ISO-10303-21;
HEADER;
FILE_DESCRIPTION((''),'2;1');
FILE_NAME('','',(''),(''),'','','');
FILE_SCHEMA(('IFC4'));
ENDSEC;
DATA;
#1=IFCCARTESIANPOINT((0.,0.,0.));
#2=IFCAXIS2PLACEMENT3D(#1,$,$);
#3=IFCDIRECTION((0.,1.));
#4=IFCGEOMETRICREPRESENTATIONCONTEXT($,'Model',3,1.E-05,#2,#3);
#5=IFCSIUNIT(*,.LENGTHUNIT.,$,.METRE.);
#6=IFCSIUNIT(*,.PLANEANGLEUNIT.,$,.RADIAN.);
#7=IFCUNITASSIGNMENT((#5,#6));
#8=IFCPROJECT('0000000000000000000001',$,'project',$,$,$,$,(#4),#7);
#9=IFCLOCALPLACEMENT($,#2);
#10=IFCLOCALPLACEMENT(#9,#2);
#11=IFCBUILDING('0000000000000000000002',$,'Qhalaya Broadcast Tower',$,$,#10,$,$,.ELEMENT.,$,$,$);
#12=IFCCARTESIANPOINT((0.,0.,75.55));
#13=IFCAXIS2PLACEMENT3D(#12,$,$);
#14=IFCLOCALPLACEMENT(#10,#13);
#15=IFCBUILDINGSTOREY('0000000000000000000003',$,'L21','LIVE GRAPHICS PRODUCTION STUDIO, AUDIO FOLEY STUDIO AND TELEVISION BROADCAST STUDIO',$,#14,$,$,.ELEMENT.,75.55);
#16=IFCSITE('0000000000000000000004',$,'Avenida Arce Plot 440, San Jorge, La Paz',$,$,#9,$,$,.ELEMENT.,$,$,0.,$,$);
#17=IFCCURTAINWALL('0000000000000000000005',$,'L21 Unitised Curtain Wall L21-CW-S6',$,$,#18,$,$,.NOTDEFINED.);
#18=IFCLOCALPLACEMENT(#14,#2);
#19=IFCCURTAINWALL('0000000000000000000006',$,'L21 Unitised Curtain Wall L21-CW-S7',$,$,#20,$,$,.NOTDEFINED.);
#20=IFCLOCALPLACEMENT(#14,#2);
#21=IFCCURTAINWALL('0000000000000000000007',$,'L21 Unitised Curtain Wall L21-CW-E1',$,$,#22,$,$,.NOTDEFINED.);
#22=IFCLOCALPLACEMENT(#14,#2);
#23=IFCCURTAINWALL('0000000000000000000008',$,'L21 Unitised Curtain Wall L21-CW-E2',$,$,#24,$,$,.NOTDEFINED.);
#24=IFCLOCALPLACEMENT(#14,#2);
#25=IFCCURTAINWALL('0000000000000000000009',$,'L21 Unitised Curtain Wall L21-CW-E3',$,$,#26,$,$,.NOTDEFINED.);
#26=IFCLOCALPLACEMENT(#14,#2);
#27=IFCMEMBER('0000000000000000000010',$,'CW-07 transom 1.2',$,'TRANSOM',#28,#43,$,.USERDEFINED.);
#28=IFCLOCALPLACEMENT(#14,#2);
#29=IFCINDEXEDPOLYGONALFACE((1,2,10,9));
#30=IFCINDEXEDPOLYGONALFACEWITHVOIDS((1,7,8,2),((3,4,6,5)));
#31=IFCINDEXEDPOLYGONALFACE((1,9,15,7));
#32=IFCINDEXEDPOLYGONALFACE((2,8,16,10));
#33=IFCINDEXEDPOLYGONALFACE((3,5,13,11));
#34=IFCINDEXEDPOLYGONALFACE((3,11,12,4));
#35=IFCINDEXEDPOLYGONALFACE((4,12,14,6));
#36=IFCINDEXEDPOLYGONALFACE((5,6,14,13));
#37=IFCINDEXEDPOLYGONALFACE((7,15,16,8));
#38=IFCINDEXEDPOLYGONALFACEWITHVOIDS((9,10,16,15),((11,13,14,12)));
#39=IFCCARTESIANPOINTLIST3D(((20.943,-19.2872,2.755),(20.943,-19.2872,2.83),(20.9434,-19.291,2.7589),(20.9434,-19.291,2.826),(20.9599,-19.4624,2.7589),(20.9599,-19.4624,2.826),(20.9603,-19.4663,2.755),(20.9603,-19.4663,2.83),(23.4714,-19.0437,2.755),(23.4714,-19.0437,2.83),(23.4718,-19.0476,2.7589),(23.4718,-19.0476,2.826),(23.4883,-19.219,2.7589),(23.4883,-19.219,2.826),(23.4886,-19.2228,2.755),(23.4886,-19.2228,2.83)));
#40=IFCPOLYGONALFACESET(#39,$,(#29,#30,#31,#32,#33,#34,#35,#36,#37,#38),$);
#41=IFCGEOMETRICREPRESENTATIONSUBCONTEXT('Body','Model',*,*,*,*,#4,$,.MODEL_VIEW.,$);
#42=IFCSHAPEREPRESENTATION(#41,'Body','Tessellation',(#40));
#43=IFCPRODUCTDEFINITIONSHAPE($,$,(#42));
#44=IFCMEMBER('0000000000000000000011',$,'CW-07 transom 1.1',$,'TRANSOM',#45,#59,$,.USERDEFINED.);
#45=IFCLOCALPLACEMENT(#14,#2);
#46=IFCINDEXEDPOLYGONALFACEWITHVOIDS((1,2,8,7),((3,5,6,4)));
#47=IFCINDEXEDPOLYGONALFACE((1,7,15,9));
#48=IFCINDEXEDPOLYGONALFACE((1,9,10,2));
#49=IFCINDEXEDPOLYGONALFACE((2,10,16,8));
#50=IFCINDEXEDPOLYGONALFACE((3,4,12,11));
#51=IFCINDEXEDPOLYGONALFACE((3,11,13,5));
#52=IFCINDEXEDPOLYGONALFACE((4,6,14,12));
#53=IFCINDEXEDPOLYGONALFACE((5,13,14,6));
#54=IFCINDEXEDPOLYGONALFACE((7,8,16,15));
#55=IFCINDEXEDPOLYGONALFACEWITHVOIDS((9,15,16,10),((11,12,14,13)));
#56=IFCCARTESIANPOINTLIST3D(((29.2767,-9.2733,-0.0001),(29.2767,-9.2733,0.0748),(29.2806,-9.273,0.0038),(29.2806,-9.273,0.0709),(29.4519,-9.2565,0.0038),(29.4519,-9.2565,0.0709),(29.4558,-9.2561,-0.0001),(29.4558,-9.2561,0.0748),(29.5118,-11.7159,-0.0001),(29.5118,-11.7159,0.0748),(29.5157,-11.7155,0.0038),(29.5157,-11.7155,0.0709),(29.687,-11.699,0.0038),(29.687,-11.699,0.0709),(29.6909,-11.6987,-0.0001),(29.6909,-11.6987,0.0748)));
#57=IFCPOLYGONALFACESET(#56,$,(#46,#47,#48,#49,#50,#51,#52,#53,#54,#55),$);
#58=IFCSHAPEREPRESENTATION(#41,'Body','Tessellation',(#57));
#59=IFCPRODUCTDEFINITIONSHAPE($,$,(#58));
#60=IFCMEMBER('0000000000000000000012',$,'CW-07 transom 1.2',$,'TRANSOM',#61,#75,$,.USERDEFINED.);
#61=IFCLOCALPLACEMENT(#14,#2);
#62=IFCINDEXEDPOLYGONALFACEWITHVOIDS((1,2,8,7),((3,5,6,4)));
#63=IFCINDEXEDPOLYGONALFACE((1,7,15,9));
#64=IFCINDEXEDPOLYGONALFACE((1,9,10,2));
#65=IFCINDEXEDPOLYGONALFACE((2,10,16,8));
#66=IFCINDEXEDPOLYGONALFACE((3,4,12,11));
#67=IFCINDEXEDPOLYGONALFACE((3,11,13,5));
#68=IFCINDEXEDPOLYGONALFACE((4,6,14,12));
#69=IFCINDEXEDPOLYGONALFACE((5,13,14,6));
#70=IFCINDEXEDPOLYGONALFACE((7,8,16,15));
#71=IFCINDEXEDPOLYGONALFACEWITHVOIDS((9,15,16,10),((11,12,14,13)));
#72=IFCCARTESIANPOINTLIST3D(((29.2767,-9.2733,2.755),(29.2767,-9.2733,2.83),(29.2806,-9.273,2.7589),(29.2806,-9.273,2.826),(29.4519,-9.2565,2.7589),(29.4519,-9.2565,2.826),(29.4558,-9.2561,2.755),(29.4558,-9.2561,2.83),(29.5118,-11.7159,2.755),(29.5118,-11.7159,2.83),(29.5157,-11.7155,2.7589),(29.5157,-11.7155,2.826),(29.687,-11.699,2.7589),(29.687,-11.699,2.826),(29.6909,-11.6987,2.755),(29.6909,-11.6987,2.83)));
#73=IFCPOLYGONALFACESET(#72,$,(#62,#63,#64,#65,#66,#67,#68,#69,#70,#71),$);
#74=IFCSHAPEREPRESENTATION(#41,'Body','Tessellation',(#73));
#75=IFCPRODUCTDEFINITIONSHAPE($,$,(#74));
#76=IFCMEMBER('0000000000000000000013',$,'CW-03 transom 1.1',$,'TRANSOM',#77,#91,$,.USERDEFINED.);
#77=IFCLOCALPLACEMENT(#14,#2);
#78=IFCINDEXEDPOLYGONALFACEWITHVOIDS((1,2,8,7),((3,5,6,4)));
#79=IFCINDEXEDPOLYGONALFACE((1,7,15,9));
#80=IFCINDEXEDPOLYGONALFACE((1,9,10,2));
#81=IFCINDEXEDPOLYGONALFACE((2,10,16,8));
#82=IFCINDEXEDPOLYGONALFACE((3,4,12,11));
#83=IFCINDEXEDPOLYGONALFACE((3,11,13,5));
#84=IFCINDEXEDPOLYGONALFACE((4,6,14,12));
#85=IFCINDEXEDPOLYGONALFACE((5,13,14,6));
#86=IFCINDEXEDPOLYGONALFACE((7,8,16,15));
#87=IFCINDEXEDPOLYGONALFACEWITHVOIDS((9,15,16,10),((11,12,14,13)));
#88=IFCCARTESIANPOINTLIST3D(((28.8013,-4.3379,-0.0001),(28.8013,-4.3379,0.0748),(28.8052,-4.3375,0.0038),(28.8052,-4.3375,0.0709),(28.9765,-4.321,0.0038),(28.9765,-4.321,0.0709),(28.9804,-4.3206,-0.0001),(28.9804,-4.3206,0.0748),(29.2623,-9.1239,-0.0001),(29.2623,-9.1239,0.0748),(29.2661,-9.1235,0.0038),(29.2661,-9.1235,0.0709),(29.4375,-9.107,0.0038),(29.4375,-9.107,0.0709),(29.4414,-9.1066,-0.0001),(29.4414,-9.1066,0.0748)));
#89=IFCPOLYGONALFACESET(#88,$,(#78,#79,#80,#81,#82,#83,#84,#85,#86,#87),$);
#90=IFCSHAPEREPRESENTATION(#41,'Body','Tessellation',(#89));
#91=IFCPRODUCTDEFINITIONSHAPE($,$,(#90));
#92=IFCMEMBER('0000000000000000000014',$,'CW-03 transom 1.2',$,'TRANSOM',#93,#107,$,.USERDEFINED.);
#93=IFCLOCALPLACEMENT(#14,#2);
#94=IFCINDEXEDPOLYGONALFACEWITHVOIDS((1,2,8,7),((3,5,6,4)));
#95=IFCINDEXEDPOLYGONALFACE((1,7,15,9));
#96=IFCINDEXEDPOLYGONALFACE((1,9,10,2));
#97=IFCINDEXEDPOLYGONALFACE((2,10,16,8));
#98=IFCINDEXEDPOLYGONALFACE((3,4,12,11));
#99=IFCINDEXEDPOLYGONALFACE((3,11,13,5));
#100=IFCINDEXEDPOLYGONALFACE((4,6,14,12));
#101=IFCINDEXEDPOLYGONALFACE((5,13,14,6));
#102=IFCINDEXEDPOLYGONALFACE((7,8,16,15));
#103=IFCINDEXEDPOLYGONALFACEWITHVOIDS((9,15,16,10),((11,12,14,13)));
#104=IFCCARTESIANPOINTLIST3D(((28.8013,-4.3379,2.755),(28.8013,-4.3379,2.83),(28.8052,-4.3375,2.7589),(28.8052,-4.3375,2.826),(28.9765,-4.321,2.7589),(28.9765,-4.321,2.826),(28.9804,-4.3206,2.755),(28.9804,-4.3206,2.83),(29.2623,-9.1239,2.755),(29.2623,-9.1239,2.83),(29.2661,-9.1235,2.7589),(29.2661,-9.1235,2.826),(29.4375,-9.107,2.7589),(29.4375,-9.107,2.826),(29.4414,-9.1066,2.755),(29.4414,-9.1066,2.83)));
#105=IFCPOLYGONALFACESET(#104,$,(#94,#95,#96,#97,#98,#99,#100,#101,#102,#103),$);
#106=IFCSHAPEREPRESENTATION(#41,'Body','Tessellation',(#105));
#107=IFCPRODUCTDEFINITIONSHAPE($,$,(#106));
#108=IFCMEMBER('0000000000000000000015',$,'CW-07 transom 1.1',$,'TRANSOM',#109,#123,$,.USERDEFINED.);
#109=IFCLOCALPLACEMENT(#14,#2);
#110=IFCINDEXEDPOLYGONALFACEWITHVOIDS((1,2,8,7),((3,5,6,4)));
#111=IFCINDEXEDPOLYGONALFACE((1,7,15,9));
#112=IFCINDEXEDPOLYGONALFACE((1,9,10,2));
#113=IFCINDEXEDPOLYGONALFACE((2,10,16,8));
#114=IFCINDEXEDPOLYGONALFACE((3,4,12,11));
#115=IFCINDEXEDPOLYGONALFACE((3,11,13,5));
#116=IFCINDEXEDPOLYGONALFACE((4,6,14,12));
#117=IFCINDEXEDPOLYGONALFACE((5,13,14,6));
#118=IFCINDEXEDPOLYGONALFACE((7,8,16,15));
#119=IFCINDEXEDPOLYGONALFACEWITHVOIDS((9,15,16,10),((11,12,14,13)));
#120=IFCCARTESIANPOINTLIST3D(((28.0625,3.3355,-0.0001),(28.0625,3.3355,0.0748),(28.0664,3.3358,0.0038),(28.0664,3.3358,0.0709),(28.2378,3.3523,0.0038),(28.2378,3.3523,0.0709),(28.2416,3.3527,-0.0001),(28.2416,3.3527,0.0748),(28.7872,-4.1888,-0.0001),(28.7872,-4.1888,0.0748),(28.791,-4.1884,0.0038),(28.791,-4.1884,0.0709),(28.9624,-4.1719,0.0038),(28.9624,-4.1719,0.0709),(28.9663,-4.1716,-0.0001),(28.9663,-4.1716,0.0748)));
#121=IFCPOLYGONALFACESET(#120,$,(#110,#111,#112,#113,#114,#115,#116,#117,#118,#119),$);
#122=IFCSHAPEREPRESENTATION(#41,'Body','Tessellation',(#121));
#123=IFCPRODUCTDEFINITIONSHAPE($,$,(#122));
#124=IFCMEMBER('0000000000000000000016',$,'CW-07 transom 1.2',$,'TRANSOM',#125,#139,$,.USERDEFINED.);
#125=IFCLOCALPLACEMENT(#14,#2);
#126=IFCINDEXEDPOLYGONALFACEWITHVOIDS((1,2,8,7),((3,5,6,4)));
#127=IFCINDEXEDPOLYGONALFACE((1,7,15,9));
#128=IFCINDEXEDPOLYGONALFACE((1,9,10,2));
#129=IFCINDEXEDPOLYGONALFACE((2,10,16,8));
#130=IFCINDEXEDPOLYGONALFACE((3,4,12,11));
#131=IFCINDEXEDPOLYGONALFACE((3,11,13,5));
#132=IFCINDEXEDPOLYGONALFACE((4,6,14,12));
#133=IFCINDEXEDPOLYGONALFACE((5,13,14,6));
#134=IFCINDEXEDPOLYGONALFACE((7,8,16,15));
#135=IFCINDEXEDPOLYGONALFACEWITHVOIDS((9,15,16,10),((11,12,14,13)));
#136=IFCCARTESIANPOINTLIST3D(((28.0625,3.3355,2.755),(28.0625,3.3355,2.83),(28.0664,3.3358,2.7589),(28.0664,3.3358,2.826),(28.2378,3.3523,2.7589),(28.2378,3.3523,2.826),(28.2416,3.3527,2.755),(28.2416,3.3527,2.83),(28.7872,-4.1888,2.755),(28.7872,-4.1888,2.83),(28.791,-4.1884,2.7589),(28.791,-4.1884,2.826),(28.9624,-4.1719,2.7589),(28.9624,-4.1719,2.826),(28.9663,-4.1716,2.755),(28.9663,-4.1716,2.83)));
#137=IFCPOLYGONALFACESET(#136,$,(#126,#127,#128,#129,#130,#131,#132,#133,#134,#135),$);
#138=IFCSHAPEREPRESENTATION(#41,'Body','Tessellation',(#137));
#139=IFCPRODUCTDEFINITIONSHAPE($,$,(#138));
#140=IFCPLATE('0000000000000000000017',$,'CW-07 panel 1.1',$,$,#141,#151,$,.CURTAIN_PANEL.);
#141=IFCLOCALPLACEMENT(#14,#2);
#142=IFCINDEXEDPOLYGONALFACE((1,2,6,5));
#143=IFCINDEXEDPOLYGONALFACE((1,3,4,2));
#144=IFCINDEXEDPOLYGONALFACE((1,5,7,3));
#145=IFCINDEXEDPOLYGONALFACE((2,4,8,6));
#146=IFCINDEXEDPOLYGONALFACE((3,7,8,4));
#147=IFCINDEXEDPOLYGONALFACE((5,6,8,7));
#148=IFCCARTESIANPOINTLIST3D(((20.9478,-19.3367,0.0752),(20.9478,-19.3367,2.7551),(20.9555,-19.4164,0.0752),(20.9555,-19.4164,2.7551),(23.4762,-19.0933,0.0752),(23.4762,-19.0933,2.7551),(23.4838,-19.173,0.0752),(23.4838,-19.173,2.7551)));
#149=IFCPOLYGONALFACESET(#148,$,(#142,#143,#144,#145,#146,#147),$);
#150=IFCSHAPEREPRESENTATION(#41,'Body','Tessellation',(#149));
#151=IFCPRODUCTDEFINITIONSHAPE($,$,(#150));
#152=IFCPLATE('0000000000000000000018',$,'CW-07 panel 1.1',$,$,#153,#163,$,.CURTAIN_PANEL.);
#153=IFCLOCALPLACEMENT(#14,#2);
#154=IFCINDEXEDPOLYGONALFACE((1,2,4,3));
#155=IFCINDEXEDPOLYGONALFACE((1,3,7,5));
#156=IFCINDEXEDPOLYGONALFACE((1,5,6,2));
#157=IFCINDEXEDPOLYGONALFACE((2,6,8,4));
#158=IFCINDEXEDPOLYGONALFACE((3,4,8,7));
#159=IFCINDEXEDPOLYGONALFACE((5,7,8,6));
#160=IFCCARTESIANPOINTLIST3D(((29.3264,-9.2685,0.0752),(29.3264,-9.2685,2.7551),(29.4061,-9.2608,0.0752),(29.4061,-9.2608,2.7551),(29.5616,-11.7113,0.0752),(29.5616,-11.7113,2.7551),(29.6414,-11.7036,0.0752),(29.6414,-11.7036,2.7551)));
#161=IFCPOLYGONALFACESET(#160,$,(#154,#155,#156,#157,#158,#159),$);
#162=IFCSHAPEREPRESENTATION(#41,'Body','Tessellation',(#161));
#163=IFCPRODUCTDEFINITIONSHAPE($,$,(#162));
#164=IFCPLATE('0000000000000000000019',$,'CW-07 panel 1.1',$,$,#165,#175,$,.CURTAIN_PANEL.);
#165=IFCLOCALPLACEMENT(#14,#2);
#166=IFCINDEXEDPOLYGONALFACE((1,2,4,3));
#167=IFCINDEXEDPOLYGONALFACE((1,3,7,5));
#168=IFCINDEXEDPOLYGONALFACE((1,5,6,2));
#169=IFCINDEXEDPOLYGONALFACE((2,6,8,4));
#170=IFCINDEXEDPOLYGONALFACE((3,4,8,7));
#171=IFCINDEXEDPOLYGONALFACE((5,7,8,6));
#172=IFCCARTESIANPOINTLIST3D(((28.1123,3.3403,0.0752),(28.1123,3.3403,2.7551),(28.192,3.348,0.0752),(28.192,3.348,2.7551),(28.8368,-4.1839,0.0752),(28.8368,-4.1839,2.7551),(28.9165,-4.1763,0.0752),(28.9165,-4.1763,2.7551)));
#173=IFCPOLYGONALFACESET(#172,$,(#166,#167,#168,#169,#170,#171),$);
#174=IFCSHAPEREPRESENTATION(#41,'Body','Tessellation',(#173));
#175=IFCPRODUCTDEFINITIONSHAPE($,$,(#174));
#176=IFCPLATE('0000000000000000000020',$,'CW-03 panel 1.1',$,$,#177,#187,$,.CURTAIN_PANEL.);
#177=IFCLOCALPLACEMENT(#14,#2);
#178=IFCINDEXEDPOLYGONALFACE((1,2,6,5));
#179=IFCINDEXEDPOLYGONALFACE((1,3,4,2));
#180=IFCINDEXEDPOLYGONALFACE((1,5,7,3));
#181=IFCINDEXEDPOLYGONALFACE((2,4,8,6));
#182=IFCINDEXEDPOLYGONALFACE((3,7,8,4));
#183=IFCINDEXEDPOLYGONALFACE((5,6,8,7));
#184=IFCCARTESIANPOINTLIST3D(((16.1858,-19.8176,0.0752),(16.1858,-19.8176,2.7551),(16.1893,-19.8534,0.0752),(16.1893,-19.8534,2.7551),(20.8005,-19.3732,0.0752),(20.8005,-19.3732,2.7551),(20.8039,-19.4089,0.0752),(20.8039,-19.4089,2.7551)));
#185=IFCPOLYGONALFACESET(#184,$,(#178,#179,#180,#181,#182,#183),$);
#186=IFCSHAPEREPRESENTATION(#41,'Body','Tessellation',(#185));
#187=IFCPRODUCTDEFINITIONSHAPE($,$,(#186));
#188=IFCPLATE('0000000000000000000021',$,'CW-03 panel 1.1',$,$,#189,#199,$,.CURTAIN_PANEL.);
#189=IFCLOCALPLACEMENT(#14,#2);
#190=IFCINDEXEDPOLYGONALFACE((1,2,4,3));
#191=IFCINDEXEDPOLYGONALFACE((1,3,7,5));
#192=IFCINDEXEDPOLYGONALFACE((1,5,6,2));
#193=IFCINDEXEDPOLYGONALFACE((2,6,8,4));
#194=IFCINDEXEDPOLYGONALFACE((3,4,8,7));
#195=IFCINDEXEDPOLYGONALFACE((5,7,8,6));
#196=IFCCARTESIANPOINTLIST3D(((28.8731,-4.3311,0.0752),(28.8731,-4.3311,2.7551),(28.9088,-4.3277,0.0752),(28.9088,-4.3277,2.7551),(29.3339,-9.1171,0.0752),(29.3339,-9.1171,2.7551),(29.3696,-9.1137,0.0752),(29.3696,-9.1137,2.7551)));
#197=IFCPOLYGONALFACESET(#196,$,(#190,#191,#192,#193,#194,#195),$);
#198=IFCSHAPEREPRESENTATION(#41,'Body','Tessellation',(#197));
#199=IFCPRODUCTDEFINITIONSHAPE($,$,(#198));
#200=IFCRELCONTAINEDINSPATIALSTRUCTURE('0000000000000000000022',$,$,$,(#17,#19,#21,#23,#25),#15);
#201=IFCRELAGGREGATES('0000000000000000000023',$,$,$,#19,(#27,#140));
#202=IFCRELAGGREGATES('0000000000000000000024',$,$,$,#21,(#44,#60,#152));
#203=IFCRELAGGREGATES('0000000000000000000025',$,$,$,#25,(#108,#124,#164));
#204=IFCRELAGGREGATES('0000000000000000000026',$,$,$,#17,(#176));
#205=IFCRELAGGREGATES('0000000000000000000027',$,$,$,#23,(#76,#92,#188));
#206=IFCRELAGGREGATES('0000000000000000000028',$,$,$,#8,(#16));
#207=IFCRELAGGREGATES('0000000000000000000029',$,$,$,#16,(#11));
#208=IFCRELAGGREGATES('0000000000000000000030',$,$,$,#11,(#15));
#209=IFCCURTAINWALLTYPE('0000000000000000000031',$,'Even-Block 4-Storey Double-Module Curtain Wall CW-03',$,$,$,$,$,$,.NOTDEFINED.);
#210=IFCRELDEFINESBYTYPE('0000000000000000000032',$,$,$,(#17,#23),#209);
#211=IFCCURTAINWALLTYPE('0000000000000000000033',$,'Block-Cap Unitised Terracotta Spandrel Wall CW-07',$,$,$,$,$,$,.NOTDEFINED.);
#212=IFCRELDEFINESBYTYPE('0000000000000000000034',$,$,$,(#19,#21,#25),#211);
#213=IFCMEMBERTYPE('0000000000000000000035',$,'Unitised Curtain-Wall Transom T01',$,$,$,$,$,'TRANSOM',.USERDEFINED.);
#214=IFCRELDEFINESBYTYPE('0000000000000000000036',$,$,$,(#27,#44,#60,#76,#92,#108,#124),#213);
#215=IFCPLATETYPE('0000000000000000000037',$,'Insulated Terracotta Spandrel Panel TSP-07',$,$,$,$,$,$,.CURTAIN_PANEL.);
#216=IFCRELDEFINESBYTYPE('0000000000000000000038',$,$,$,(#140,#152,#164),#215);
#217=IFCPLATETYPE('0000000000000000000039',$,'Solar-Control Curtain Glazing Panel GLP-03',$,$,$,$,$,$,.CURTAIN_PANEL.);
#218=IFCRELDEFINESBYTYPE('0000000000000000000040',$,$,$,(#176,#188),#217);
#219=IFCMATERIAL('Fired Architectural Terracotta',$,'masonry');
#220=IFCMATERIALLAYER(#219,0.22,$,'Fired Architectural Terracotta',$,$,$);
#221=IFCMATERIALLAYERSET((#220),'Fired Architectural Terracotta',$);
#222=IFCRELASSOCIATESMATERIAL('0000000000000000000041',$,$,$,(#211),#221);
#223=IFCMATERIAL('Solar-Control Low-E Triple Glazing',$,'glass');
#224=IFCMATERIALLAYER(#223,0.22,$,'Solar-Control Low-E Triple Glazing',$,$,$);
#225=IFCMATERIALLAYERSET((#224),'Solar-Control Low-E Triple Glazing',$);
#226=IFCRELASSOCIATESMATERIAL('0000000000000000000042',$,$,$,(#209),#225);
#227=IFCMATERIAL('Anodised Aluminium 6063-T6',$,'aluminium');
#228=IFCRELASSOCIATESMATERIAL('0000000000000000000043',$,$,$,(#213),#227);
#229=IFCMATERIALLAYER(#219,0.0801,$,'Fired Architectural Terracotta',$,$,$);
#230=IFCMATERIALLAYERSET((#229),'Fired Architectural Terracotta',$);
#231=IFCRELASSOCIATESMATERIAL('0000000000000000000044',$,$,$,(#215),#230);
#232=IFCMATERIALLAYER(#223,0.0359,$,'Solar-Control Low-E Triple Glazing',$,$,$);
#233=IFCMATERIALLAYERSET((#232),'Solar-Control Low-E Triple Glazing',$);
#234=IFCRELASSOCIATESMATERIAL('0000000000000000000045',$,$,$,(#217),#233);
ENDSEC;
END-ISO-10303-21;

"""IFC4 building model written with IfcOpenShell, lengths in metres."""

from ifc_helpers import new_model, si_unit, direction, frame, origin, origin_2d, place, context, subcontext, project, spatial, rectangle, hollow_rectangle, extrude, material, layer, layer_set, material_profile, profile_set, type_object, element, aggregate, save


model = new_model("IFC4")

# Units and contexts
model_context = context("Model", 3, precision=1e-05, world=origin(), true_north=direction((0.0, 1.0)))
body_context = subcontext(model_context, "Body", "Model", "MODEL_VIEW")
ifc_project = project(units=[si_unit("LENGTHUNIT", "METRE"), si_unit("PLANEANGLEUNIT", "RADIAN")], contexts=[model_context])

# Site, building, storey
site_placement = place(None, origin())
site = spatial("IfcSite", under=ifc_project, at=site_placement, Name="Avenida Arce Plot 440, San Jorge, La Paz", CompositionType="ELEMENT", RefElevation=0.0)
building_placement = place(site_placement, origin())
building = spatial("IfcBuilding", under=site, at=building_placement, Name="Qhalaya Broadcast Tower", CompositionType="ELEMENT")
storey_placement = place(building_placement, frame((0.0, 0.0, 75.55)))
storey = spatial("IfcBuildingStorey", under=building, at=storey_placement, Name="L21", Description="LIVE GRAPHICS PRODUCTION STUDIO, AUDIO FOLEY STUDIO AND TELEVISION BROADCAST STUDIO", CompositionType="ELEMENT", Elevation=75.55)

# Shared definitions
ifc_material_1 = material(Name="Fired Architectural Terracotta", Category="masonry")
ifc_layer_1 = layer(ifc_material_1, 0.22, Name="Fired Architectural Terracotta")
ifc_layer_set_1 = layer_set([ifc_layer_1], Name="Fired Architectural Terracotta")
curtain_wall_type_1 = type_object("IfcCurtainWallType", Name="Block-Cap Unitised Terracotta Spandrel Wall CW-07", PredefinedType="NOTDEFINED", material=ifc_layer_set_1)
ifc_material_2 = material(Name="Anodised Aluminium 6063-T6", Category="aluminium")

# Curtain walls
ifc_material_3 = material(Name="Solar-Control Low-E Triple Glazing", Category="glass")
ifc_layer_2 = layer(ifc_material_3, 0.22, Name="Solar-Control Low-E Triple Glazing")
ifc_layer_set_2 = layer_set([ifc_layer_2], Name="Solar-Control Low-E Triple Glazing")
curtain_wall_type_2 = type_object("IfcCurtainWallType", Name="Even-Block 4-Storey Double-Module Curtain Wall CW-03", PredefinedType="NOTDEFINED", material=ifc_layer_set_2)
curtain_wall_1_placement = place(storey_placement, origin())
curtain_wall_1 = element("IfcCurtainWall", 1, at=curtain_wall_1_placement, inside=storey, type_object=curtain_wall_type_2, Name="L21 Unitised Curtain Wall L21-CW-S6", PredefinedType="NOTDEFINED")
curtain_wall_2_placement = place(storey_placement, origin())
curtain_wall_2 = element("IfcCurtainWall", 2, at=curtain_wall_2_placement, inside=storey, type_object=curtain_wall_type_1, Name="L21 Unitised Curtain Wall L21-CW-S7", PredefinedType="NOTDEFINED")
curtain_wall_3_placement = place(storey_placement, origin())
curtain_wall_3 = element("IfcCurtainWall", 3, at=curtain_wall_3_placement, inside=storey, type_object=curtain_wall_type_1, Name="L21 Unitised Curtain Wall L21-CW-E1", PredefinedType="NOTDEFINED")
curtain_wall_4_placement = place(storey_placement, origin())
curtain_wall_4 = element("IfcCurtainWall", 4, at=curtain_wall_4_placement, inside=storey, type_object=curtain_wall_type_2, Name="L21 Unitised Curtain Wall L21-CW-E2", PredefinedType="NOTDEFINED")
curtain_wall_5_placement = place(storey_placement, origin())
curtain_wall_5 = element("IfcCurtainWall", 5, at=curtain_wall_5_placement, inside=storey, type_object=curtain_wall_type_1, Name="L21 Unitised Curtain Wall L21-CW-E3", PredefinedType="NOTDEFINED")

# Members
ifc_material_profile_1 = material_profile(ifc_material_2, hollow_rectangle(XDim=0.075, YDim=0.1799, WallThickness=0.0039, at=origin_2d()), Name="ALU-TRN 75x180x4")
ifc_profile_set_1 = profile_set([ifc_material_profile_1], Name="Anodised Aluminium 6063-T6")
member_type_1 = type_object("IfcMemberType", Name="Unitised Curtain-Wall Transom T01", ElementType="TRANSOM", PredefinedType="USERDEFINED", material=ifc_profile_set_1)
member_1_placement = place(storey_placement, frame((20.9517, -19.3767, 2.7925), z_axis=(0.995398, 0.09583, 0.0), x_axis=(0.0, 0.0, 1.0)))
member_1 = element("IfcMember", 6, at=member_1_placement, type_object=member_type_1, Name="CW-07 transom 1.2", ObjectType="TRANSOM", PredefinedType="USERDEFINED", context=body_context, shape_type="SweptSolid", body=[
    extrude(hollow_rectangle(XDim=0.075, YDim=0.1799, WallThickness=0.0039, at=origin_2d()), origin(), (0.0, 0.0, 1.0), 2.54),
])
member_2_placement = place(storey_placement, frame((29.6013, -11.7073, 0.0374), z_axis=(-0.095809, 0.9954, 0.0), x_axis=(0.0, 0.0, 1.0)))
member_2 = element("IfcMember", 7, at=member_2_placement, type_object=member_type_1, Name="CW-07 transom 1.1", ObjectType="TRANSOM", PredefinedType="USERDEFINED", context=body_context, shape_type="SweptSolid", body=[
    extrude(hollow_rectangle(XDim=0.075, YDim=0.1799, WallThickness=0.0039, at=origin_2d()), origin(), (0.0, 0.0, 1.0), 2.4539),
])
member_3_placement = place(storey_placement, frame((29.6013, -11.7073, 2.7925), z_axis=(-0.095809, 0.9954, 0.0), x_axis=(0.0, 0.0, 1.0)))
member_3 = element("IfcMember", 8, at=member_3_placement, type_object=member_type_1, Name="CW-07 transom 1.2", ObjectType="TRANSOM", PredefinedType="USERDEFINED", context=body_context, shape_type="SweptSolid", body=[
    extrude(hollow_rectangle(XDim=0.075, YDim=0.1799, WallThickness=0.0039, at=origin_2d()), origin(), (0.0, 0.0, 1.0), 2.4539),
])
member_4_placement = place(storey_placement, frame((29.3518, -9.1152, 0.0374), z_axis=(-0.095868, 0.995394, 0.0), x_axis=(0.0, 0.0, 1.0)))
member_4 = element("IfcMember", 9, at=member_4_placement, type_object=member_type_1, Name="CW-03 transom 1.1", ObjectType="TRANSOM", PredefinedType="USERDEFINED", context=body_context, shape_type="SweptSolid", body=[
    extrude(hollow_rectangle(XDim=0.075, YDim=0.1799, WallThickness=0.0039, at=origin_2d()), origin(), (0.0, 0.0, 1.0), 4.8081),
])
member_5_placement = place(storey_placement, frame((29.3518, -9.1152, 2.7925), z_axis=(-0.095868, 0.995394, 0.0), x_axis=(0.0, 0.0, 1.0)))
member_5 = element("IfcMember", 10, at=member_5_placement, type_object=member_type_1, Name="CW-03 transom 1.2", ObjectType="TRANSOM", PredefinedType="USERDEFINED", context=body_context, shape_type="SweptSolid", body=[
    extrude(hollow_rectangle(XDim=0.075, YDim=0.1799, WallThickness=0.0039, at=origin_2d()), origin(), (0.0, 0.0, 1.0), 4.8081),
])
member_6_placement = place(storey_placement, frame((28.8767, -4.1802, 0.0374), z_axis=(-0.095861, 0.995395, 0.0), x_axis=(0.0, 0.0, 1.0)))
member_6 = element("IfcMember", 11, at=member_6_placement, type_object=member_type_1, Name="CW-07 transom 1.1", ObjectType="TRANSOM", PredefinedType="USERDEFINED", context=body_context, shape_type="SweptSolid", body=[
    extrude(hollow_rectangle(XDim=0.075, YDim=0.1799, WallThickness=0.0039, at=origin_2d()), origin(), (0.0, 0.0, 1.0), 7.5591),
])
member_7_placement = place(storey_placement, frame((28.8767, -4.1802, 2.7925), z_axis=(-0.095861, 0.995395, 0.0), x_axis=(0.0, 0.0, 1.0)))
member_7 = element("IfcMember", 12, at=member_7_placement, type_object=member_type_1, Name="CW-07 transom 1.2", ObjectType="TRANSOM", PredefinedType="USERDEFINED", context=body_context, shape_type="SweptSolid", body=[
    extrude(hollow_rectangle(XDim=0.075, YDim=0.1799, WallThickness=0.0039, at=origin_2d()), origin(), (0.0, 0.0, 1.0), 7.5591),
])

# Plates
ifc_layer_3 = layer(ifc_material_1, 0.0801, Name="Fired Architectural Terracotta")
ifc_layer_set_3 = layer_set([ifc_layer_3], Name="Fired Architectural Terracotta")
plate_type_1 = type_object("IfcPlateType", Name="Insulated Terracotta Spandrel Panel TSP-07", PredefinedType="CURTAIN_PANEL", material=ifc_layer_set_3)
plate_1_placement = place(storey_placement, frame((22.2158, -19.2549, 0.0752), z_axis=(0.0, 0.0, 1.0), x_axis=(0.995397, 0.095834, 0.0)))
plate_1 = element("IfcPlate", 13, at=plate_1_placement, type_object=plate_type_1, Name="CW-07 panel 1.1", PredefinedType="CURTAIN_PANEL", context=body_context, shape_type="SweptSolid", body=[
    extrude(rectangle(XDim=2.54, YDim=0.0801, at=origin_2d()), origin(), (0.0, 0.0, 1.0), 2.6799),
])
aggregate(curtain_wall_2, [member_1, plate_1])
plate_2_placement = place(storey_placement, frame((29.4839, -10.4861, 0.0752), z_axis=(0.0, 0.0, 1.0), x_axis=(-0.095853, 0.995396, 0.0)))
plate_2 = element("IfcPlate", 14, at=plate_2_placement, type_object=plate_type_1, Name="CW-07 panel 1.1", PredefinedType="CURTAIN_PANEL", context=body_context, shape_type="SweptSolid", body=[
    extrude(rectangle(XDim=2.4541, YDim=0.0801, at=origin_2d()), origin(), (0.0, 0.0, 1.0), 2.6799),
])
aggregate(curtain_wall_3, [member_2, member_3, plate_2])
plate_3_placement = place(storey_placement, frame((28.5144, -0.418, 0.0752), z_axis=(0.0, 0.0, 1.0), x_axis=(-0.095849, 0.995396, 0.0)))
plate_3 = element("IfcPlate", 15, at=plate_3_placement, type_object=plate_type_1, Name="CW-07 panel 1.1", PredefinedType="CURTAIN_PANEL", context=body_context, shape_type="SweptSolid", body=[
    extrude(rectangle(XDim=7.5591, YDim=0.0801, at=origin_2d()), origin(), (0.0, 0.0, 1.0), 2.6799),
])
aggregate(curtain_wall_5, [member_6, member_7, plate_3])
ifc_layer_4 = layer(ifc_material_3, 0.0359, Name="Solar-Control Low-E Triple Glazing")
ifc_layer_set_4 = layer_set([ifc_layer_4], Name="Solar-Control Low-E Triple Glazing")
plate_type_2 = type_object("IfcPlateType", Name="Solar-Control Curtain Glazing Panel GLP-03", PredefinedType="CURTAIN_PANEL", material=ifc_layer_set_4)
plate_4_placement = place(storey_placement, frame((18.4949, -19.6133, 0.0752), z_axis=(0.0, 0.0, 1.0), x_axis=(0.995394, 0.095864, 0.0)))
plate_4 = element("IfcPlate", 16, at=plate_4_placement, type_object=plate_type_2, Name="CW-03 panel 1.1", PredefinedType="CURTAIN_PANEL", context=body_context, shape_type="SweptSolid", body=[
    extrude(rectangle(XDim=4.636, YDim=0.0359, at=origin_2d()), origin(), (0.0, 0.0, 1.0), 2.6799),
])
aggregate(curtain_wall_1, [plate_4])
plate_5_placement = place(storey_placement, frame((29.1213, -6.7224, 0.0752), z_axis=(0.0, 0.0, 1.0), x_axis=(-0.095845, 0.995396, 0.0)))
plate_5 = element("IfcPlate", 17, at=plate_5_placement, type_object=plate_type_2, Name="CW-03 panel 1.1", PredefinedType="CURTAIN_PANEL", context=body_context, shape_type="SweptSolid", body=[
    extrude(rectangle(XDim=4.8081, YDim=0.0359, at=origin_2d()), origin(), (0.0, 0.0, 1.0), 2.6799),
])
aggregate(curtain_wall_4, [member_4, member_5, plate_5])

save(model, "model.ifc")
